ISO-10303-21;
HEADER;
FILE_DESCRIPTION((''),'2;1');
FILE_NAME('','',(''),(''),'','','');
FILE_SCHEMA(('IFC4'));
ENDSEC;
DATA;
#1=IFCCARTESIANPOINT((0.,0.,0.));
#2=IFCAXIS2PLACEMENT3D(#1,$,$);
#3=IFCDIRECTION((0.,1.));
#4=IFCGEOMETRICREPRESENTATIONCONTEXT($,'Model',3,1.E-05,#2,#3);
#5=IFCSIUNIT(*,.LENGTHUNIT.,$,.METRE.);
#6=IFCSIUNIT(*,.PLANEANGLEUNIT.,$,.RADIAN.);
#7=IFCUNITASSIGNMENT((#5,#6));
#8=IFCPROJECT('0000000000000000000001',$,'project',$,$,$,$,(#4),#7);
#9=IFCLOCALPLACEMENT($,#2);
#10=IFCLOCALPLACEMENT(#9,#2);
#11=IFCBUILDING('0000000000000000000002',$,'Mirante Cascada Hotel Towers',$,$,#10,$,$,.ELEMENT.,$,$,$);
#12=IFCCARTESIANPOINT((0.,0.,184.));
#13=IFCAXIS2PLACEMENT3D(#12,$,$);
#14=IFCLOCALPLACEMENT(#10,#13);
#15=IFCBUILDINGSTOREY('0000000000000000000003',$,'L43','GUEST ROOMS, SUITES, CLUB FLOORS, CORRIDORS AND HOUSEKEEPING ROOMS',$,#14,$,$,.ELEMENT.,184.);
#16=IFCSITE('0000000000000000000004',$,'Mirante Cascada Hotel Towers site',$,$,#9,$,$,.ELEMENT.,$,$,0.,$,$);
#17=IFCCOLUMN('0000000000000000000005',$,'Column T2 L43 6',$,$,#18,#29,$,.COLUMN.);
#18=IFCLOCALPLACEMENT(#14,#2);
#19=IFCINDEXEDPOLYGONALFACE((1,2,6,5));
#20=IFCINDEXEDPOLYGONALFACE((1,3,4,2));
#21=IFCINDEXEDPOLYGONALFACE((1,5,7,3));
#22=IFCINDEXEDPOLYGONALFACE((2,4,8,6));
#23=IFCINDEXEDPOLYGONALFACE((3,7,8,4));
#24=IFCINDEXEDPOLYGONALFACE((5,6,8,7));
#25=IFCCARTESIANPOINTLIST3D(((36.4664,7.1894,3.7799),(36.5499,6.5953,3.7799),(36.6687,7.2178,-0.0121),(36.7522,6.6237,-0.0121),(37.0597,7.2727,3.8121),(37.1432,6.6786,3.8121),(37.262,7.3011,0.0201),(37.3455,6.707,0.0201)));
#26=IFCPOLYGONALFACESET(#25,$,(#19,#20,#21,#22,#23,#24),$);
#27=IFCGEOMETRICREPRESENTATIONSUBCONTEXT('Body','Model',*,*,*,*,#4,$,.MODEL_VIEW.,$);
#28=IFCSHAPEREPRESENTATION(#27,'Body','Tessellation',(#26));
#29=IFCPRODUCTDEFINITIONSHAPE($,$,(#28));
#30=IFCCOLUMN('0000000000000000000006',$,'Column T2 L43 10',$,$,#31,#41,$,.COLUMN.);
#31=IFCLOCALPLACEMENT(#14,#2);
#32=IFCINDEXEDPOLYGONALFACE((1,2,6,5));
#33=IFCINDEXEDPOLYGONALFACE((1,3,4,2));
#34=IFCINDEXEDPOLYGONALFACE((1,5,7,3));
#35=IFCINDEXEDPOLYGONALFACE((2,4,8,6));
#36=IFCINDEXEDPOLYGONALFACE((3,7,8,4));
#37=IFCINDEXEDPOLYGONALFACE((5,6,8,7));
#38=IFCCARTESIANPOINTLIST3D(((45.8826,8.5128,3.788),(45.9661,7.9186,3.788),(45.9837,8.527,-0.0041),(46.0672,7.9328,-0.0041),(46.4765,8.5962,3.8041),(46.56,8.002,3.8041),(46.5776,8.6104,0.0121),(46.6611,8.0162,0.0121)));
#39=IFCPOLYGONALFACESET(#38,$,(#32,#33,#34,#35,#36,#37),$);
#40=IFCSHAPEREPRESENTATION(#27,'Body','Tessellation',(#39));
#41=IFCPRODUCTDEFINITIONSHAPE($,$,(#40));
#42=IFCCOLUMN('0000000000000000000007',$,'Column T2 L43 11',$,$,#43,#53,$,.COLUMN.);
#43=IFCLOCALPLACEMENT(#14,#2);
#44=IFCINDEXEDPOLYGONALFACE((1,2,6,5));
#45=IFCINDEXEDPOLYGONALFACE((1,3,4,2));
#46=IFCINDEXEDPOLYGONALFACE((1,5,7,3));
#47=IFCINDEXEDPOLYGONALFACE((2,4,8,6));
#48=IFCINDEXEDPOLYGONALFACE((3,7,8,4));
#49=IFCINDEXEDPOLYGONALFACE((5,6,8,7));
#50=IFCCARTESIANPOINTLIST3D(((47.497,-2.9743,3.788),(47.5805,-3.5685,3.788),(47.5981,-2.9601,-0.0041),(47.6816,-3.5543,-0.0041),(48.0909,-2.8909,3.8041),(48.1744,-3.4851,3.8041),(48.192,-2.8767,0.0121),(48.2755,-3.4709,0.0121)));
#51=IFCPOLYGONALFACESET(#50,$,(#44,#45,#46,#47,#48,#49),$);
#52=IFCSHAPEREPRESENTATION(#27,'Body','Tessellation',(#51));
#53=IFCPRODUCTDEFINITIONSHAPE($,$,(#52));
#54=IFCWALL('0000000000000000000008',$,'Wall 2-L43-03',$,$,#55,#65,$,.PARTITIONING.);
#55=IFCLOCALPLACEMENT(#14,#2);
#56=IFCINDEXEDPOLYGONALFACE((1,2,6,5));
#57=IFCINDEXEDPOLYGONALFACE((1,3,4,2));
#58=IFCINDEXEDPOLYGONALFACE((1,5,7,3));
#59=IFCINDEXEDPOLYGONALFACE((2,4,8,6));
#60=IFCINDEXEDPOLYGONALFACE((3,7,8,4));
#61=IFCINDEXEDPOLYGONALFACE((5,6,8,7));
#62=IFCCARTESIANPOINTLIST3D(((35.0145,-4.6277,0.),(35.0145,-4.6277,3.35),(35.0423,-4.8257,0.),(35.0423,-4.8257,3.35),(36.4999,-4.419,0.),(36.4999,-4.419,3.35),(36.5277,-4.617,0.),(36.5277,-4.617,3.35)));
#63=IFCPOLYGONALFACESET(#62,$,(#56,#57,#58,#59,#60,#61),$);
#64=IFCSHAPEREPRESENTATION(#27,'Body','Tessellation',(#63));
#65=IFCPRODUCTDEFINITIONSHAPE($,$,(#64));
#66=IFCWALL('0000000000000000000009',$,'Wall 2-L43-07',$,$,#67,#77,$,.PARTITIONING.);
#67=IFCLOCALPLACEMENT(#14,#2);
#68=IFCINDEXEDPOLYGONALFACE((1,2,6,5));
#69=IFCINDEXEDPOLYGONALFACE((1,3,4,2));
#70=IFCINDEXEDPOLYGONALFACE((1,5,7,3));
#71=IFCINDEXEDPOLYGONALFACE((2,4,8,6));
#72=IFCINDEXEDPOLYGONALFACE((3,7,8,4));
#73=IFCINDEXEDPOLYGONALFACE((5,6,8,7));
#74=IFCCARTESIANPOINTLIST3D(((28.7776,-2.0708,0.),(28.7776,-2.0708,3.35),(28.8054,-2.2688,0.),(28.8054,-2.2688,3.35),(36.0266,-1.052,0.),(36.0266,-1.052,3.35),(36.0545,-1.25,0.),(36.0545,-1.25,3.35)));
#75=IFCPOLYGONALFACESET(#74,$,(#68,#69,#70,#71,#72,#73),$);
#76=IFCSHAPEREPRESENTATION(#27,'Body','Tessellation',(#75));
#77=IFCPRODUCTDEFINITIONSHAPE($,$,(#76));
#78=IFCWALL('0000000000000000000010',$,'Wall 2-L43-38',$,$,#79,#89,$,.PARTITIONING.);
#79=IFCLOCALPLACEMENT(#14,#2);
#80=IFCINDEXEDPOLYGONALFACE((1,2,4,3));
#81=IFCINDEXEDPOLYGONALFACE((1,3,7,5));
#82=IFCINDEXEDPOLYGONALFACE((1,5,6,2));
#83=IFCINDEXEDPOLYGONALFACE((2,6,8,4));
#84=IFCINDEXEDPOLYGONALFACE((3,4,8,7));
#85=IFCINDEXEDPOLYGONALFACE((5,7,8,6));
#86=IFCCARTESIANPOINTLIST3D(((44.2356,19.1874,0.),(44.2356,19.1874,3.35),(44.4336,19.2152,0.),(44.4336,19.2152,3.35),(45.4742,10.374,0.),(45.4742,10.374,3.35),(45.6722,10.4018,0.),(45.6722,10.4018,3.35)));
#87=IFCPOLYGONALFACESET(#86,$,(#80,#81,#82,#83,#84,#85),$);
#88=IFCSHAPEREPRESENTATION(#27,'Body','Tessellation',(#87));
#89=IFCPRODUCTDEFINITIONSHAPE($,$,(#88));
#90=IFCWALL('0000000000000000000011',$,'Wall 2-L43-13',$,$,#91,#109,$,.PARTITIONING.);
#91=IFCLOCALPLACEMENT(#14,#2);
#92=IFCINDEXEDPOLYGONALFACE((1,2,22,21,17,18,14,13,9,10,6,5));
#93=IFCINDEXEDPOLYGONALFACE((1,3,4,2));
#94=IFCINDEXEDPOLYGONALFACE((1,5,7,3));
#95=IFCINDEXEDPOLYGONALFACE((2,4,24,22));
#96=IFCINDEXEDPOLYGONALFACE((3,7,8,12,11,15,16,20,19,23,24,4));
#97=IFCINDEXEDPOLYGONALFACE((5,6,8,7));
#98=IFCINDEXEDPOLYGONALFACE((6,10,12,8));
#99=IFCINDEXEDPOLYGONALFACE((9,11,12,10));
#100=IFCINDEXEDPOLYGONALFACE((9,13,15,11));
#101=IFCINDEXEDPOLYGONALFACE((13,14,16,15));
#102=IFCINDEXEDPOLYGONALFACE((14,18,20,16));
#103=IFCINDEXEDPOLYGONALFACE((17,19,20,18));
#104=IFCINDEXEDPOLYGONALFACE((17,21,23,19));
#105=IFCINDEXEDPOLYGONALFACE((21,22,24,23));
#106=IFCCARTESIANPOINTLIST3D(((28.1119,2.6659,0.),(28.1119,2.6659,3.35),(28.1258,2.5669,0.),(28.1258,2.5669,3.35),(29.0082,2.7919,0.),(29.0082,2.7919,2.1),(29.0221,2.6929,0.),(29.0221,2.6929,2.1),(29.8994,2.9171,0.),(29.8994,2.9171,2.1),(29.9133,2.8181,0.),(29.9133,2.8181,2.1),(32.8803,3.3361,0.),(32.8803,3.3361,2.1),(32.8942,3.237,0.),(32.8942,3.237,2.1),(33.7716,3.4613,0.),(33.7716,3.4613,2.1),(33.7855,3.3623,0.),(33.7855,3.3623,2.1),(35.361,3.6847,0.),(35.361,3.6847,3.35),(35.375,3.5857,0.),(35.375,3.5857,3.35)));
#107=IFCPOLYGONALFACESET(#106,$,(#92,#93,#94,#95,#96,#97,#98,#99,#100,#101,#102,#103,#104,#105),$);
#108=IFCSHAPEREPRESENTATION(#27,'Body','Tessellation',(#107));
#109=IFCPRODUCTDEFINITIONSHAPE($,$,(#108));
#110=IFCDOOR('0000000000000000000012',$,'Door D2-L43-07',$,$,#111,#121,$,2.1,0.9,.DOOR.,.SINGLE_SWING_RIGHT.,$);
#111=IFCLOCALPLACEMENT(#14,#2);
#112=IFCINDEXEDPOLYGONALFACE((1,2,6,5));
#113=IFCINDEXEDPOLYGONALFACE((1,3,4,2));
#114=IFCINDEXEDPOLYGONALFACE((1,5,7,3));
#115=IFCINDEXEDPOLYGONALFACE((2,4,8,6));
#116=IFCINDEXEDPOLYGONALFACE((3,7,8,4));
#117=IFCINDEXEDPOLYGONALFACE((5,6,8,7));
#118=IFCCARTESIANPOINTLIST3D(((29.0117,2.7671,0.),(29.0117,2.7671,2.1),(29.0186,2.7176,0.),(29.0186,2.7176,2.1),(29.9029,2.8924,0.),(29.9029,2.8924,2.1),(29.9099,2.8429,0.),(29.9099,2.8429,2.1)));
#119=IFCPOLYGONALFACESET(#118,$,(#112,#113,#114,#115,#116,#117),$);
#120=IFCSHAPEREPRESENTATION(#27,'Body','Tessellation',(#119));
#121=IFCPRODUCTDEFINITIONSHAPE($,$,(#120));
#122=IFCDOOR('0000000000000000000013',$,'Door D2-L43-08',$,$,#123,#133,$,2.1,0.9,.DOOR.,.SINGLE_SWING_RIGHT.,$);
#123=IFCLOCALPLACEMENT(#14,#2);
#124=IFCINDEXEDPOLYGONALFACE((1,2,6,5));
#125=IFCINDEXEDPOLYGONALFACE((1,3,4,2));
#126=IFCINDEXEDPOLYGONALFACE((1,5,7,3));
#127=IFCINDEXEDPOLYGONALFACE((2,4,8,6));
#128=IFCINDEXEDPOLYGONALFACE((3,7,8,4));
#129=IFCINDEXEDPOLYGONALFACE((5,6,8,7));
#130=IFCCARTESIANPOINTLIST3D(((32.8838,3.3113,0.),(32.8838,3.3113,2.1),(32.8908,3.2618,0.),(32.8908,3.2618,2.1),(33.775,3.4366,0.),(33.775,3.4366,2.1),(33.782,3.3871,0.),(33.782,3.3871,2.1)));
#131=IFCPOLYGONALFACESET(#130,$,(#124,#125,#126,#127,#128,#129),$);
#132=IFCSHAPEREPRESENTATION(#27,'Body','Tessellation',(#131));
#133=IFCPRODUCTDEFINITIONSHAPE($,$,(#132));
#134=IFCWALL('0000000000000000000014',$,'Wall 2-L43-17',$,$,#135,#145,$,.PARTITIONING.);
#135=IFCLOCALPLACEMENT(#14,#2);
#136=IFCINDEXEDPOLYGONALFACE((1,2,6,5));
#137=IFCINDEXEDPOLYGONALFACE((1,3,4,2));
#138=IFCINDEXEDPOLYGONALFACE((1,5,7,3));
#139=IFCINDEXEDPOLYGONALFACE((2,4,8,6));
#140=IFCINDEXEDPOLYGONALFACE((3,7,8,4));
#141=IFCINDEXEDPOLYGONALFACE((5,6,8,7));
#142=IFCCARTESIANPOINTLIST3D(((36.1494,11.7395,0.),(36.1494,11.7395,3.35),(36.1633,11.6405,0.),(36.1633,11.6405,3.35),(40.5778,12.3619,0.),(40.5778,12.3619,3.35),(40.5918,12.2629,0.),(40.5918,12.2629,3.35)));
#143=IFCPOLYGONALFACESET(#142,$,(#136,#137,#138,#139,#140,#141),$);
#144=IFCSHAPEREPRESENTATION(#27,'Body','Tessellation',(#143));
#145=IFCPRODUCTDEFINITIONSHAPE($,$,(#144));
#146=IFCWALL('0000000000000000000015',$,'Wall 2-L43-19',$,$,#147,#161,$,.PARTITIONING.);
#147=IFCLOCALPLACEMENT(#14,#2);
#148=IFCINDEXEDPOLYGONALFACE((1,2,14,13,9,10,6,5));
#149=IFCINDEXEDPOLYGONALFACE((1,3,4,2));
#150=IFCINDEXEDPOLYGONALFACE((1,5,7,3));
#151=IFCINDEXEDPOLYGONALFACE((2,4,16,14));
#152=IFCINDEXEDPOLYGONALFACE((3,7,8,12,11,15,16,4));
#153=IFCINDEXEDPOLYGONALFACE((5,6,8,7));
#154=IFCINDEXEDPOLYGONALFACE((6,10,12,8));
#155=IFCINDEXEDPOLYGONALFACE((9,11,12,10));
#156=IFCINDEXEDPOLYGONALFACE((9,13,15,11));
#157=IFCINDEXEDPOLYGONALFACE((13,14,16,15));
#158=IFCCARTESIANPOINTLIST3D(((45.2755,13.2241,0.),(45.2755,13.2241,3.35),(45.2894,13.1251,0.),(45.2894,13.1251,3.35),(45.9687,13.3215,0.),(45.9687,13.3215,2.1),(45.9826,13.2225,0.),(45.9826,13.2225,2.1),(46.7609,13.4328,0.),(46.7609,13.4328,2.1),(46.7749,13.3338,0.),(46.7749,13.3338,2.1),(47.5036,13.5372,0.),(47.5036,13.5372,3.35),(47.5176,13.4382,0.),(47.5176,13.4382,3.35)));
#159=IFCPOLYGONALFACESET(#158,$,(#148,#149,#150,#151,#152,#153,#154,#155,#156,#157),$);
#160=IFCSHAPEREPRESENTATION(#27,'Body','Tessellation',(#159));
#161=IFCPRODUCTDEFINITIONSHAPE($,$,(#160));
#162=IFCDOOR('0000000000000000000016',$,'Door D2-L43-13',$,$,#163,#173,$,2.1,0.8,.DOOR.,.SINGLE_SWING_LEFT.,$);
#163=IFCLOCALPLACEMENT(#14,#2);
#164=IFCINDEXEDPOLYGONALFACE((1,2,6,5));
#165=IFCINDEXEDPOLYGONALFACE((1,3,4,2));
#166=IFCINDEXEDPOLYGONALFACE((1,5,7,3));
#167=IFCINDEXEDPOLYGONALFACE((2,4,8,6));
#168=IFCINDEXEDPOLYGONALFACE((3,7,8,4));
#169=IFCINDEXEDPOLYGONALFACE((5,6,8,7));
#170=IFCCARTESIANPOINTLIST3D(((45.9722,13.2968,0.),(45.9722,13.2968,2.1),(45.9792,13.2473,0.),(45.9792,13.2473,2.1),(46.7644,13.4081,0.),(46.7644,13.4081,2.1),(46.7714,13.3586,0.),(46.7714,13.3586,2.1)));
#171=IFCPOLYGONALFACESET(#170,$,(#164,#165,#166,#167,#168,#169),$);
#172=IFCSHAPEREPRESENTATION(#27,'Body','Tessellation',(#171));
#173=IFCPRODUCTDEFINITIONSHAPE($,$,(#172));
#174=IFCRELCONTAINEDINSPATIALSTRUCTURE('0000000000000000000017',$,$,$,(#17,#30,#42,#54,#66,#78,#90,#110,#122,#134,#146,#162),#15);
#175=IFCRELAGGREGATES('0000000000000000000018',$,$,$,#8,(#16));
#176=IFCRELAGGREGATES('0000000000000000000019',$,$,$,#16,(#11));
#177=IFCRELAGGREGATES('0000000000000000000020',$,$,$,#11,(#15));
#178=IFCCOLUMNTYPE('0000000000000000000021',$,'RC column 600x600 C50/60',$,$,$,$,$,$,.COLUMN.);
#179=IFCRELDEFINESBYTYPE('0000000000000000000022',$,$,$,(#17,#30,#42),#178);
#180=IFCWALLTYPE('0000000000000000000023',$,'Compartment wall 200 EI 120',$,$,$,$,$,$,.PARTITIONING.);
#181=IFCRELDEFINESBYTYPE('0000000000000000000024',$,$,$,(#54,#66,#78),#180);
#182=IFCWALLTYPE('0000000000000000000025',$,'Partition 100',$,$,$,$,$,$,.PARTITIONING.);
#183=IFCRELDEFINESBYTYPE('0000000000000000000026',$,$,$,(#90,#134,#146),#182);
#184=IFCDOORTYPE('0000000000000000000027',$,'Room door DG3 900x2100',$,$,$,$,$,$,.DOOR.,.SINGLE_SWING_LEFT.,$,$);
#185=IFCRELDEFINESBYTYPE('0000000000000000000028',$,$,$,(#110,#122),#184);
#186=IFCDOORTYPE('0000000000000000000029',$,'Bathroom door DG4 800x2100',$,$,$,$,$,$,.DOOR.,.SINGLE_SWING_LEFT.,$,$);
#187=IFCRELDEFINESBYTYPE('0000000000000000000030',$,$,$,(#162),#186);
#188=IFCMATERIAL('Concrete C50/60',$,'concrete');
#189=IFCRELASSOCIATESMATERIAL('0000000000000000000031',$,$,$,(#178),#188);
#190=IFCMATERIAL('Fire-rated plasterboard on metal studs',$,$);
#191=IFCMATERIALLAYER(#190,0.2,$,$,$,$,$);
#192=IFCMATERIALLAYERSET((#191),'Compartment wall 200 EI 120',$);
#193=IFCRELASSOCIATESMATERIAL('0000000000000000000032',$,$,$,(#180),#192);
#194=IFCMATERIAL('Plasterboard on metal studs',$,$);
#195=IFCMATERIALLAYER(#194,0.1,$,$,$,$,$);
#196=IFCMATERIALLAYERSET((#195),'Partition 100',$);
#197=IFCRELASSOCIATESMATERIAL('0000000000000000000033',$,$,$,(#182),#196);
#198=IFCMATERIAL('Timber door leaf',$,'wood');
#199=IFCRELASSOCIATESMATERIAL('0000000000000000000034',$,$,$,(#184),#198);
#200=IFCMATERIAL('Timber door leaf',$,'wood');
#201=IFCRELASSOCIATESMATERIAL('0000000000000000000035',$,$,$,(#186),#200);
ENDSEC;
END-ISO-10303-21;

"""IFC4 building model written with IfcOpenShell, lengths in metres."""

from ifc_helpers import new_model, si_unit, direction, frame, frame_2d, origin, origin_2d, place, context, subcontext, project, spatial, rectangle, extrude, material, layer, layer_set, material_profile, profile_set, type_object, element, fill, save


model = new_model("IFC4")

# Units and contexts
model_context = context("Model", 3, precision=1e-05, world=origin(), true_north=direction((0.0, 1.0)))
body_context = subcontext(model_context, "Body", "Model", "MODEL_VIEW")
ifc_project = project(units=[si_unit("LENGTHUNIT", "METRE"), si_unit("PLANEANGLEUNIT", "RADIAN")], contexts=[model_context])

# Site, building, storey
site_placement = place(None, origin())
site = spatial("IfcSite", under=ifc_project, at=site_placement, Name="Mirante Cascada Hotel Towers site", CompositionType="ELEMENT", RefElevation=0.0)
building_placement = place(site_placement, origin())
building = spatial("IfcBuilding", under=site, at=building_placement, Name="Mirante Cascada Hotel Towers", CompositionType="ELEMENT")
storey_placement = place(building_placement, frame((0.0, 0.0, 184.0)))
storey = spatial("IfcBuildingStorey", under=building, at=storey_placement, Name="L43", Description="GUEST ROOMS, SUITES, CLUB FLOORS, CORRIDORS AND HOUSEKEEPING ROOMS", CompositionType="ELEMENT", Elevation=184.0)

# Columns
ifc_material_1 = material(Name="Concrete C50/60", Category="concrete")
ifc_material_profile = material_profile(ifc_material_1, rectangle(XDim=0.6, YDim=0.6, at=origin_2d()), Name="RC column 600x600 C50/60")
ifc_profile_set = profile_set([ifc_material_profile], Name="Concrete C50/60")
column_type = type_object("IfcColumnType", Name="RC column 600x600 C50/60", PredefinedType="COLUMN", material=ifc_profile_set)
column_placement = place(storey_placement, frame((37.0071, 6.9624, 0.004), z_axis=(-0.053272, -0.007479, 0.998552), x_axis=(0.139022, -0.990289, 0.0)))
element("IfcColumn", 1, at=column_placement, inside=storey, type_object=column_type, Name="Column T2 L43 6", PredefinedType="COLUMN", context=body_context, shape_type="SweptSolid", body=[
    extrude(rectangle(XDim=0.6, YDim=0.6, at=origin_2d()), origin(), (0.0, 0.0, 1.0), 3.7975),
])
for number, where, z_axis, x_axis, name in (
    (2, (46.3224, 8.2716, 0.004), (-0.026652, -0.003743, 0.999638), (0.13909, -0.99028, 0.0), "Column T2 L43 10"),
    (3, (47.9368, -3.2155, 0.004), (-0.026652, -0.003743, 0.999638), (0.13909, -0.99028, 0.0), "Column T2 L43 11"),
):
    element("IfcColumn", number, at=place(storey_placement, frame(where, z_axis=z_axis, x_axis=x_axis)), inside=storey, type_object=column_type, Name=name, PredefinedType="COLUMN", context=body_context, shape_type="SweptSolid", body=[
        extrude(rectangle(XDim=0.6, YDim=0.6, at=origin_2d()), origin(), (0.0, 0.0, 1.0), 3.7934),
    ])

# Walls
ifc_material_2 = material(Name="Fire-rated plasterboard on metal studs")
ifc_layer_1 = layer(ifc_material_2, 0.2)
ifc_layer_set_1 = layer_set([ifc_layer_1], Name="Compartment wall 200 EI 120")
wall_type_1 = type_object("IfcWallType", Name="Compartment wall 200 EI 120", PredefinedType="PARTITIONING", material=ifc_layer_set_1)
wall_1_placement = place(storey_placement, frame((36.5138, -4.518, 0.0), z_axis=(0.0, 0.0, 1.0), x_axis=(-0.990274, -0.139134, 0.0)))
element("IfcWall", 4, at=wall_1_placement, inside=storey, type_object=wall_type_1, Name="Wall 2-L43-03", PredefinedType="PARTITIONING", context=body_context, shape_type="SweptSolid", body=[
    extrude(rectangle(XDim=1.5, YDim=0.2, at=frame_2d((0.75, 0.0))), origin(), (0.0, 0.0, 1.0), 3.35),
])
wall_2_placement = place(storey_placement, frame((36.0406, -1.151, 0.0), z_axis=(0.0, 0.0, 1.0), x_axis=(-0.990268, -0.139174, 0.0)))
element("IfcWall", 5, at=wall_2_placement, inside=storey, type_object=wall_type_1, Name="Wall 2-L43-07", PredefinedType="PARTITIONING", context=body_context, shape_type="SweptSolid", body=[
    extrude(rectangle(XDim=7.3203, YDim=0.2, at=frame_2d((3.6602, 0.0))), origin(), (0.0, 0.0, 1.0), 3.35),
])
wall_3_placement = place(storey_placement, frame((45.5732, 10.3879, 0.0), z_axis=(0.0, 0.0, 1.0), x_axis=(-0.139168, 0.990269, 0.0)))
element("IfcWall", 6, at=wall_3_placement, inside=storey, type_object=wall_type_1, Name="Wall 2-L43-38", PredefinedType="PARTITIONING", context=body_context, shape_type="SweptSolid", body=[
    extrude(rectangle(XDim=8.9, YDim=0.2, at=frame_2d((4.45, 0.0))), origin(), (0.0, 0.0, 1.0), 3.35),
])

# Wall, openings, doors
ifc_material_3 = material(Name="Plasterboard on metal studs")
ifc_layer_2 = layer(ifc_material_3, 0.1)
ifc_layer_set_2 = layer_set([ifc_layer_2], Name="Partition 100")
wall_type_2 = type_object("IfcWallType", Name="Partition 100", PredefinedType="PARTITIONING", material=ifc_layer_set_2)
wall_4_placement = place(storey_placement, frame((35.368, 3.6352, 0.0), z_axis=(0.0, 0.0, 1.0), x_axis=(-0.990268, -0.139172, 0.0)))
wall_4 = element("IfcWall", 7, at=wall_4_placement, inside=storey, type_object=wall_type_2, Name="Wall 2-L43-13", PredefinedType="PARTITIONING", context=body_context, shape_type="SweptSolid", body=[
    extrude(rectangle(XDim=7.3204, YDim=0.1, at=frame_2d((3.6602, 0.0))), origin(), (0.0, 0.0, 1.0), 3.35),
])
opening_1_placement = place(wall_4_placement, frame((5.5153, 0.0, 0.0)))
opening_1 = element("IfcOpeningElement", 8, at=opening_1_placement, cuts=wall_4, PredefinedType="OPENING", context=body_context, shape_type="SweptSolid", body=[
    extrude(rectangle(XDim=0.9, YDim=2.1, at=frame_2d((0.45, 1.05))), frame((0.0, 0.05, 0.0), z_axis=(0.0, -1.0, 0.0), x_axis=(1.0, 0.0, 0.0)), (0.0, 0.0, 1.0), 0.1),
])
opening_2_placement = place(wall_4_placement, frame((1.6051, 0.0, 0.0)))
opening_2 = element("IfcOpeningElement", 9, at=opening_2_placement, cuts=wall_4, PredefinedType="OPENING", context=body_context, shape_type="SweptSolid", body=[
    extrude(rectangle(XDim=0.9, YDim=2.1, at=frame_2d((0.45, 1.05))), frame((0.0, 0.05, 0.0), z_axis=(0.0, -1.0, 0.0), x_axis=(1.0, 0.0, 0.0)), (0.0, 0.0, 1.0), 0.1),
])
ifc_material_4 = material(Name="Timber door leaf", Category="wood")
door_type_1 = type_object("IfcDoorType", Name="Room door DG3 900x2100", OperationType="SINGLE_SWING_LEFT", PredefinedType="DOOR", material=ifc_material_4)
door_1_placement = place(opening_1_placement, frame((0.9, 0.0, 0.0), z_axis=(0.0, 0.0, 1.0), x_axis=(-1.0, 0.0, 0.0)))
door_1 = element("IfcDoor", 10, at=door_1_placement, inside=storey, type_object=door_type_1, Name="Door D2-L43-07", OperationType="SINGLE_SWING_RIGHT", OverallHeight=2.1, OverallWidth=0.9, PredefinedType="DOOR", context=body_context, shape_type="SweptSolid", body=[
    extrude(rectangle(XDim=0.9, YDim=2.1, at=frame_2d((0.45, 1.05))), frame((0.0, 0.025, 0.0), z_axis=(0.0, -1.0, 0.0), x_axis=(1.0, 0.0, 0.0)), (0.0, 0.0, 1.0), 0.05),
])
fill(opening_1, door_1)
door_2_placement = place(opening_2_placement, frame((0.9, 0.0, 0.0), z_axis=(0.0, 0.0, 1.0), x_axis=(-1.0, 0.0, 0.0)))
door_2 = element("IfcDoor", 11, at=door_2_placement, inside=storey, type_object=door_type_1, Name="Door D2-L43-08", OperationType="SINGLE_SWING_RIGHT", OverallHeight=2.1, OverallWidth=0.9, PredefinedType="DOOR", context=body_context, shape_type="SweptSolid", body=[
    extrude(rectangle(XDim=0.9, YDim=2.1, at=frame_2d((0.45, 1.05))), frame((0.0, 0.025, 0.0), z_axis=(0.0, -1.0, 0.0), x_axis=(1.0, 0.0, 0.0)), (0.0, 0.0, 1.0), 0.05),
])
fill(opening_2, door_2)

# Wall
wall_5_placement = place(storey_placement, frame((40.5848, 12.3124, 0.0), z_axis=(0.0, 0.0, 1.0), x_axis=(-0.990268, -0.139176, 0.0)))
element("IfcWall", 12, at=wall_5_placement, inside=storey, type_object=wall_type_2, Name="Wall 2-L43-17", PredefinedType="PARTITIONING", context=body_context, shape_type="SweptSolid", body=[
    extrude(rectangle(XDim=4.472, YDim=0.1, at=frame_2d((2.236, 0.0))), origin(), (0.0, 0.0, 1.0), 3.35),
])

# Wall, opening, door
wall_6_placement = place(storey_placement, frame((47.5106, 13.4877, 0.0), z_axis=(0.0, 0.0, 1.0), x_axis=(-0.990271, -0.139156, 0.0)))
wall_6 = element("IfcWall", 13, at=wall_6_placement, inside=storey, type_object=wall_type_2, Name="Wall 2-L43-19", PredefinedType="PARTITIONING", context=body_context, shape_type="SweptSolid", body=[
    extrude(rectangle(XDim=2.25, YDim=0.1, at=frame_2d((1.125, 0.0))), origin(), (0.0, 0.0, 1.0), 3.35),
])
opening_3_placement = place(wall_6_placement, frame((0.75, 0.0, 0.0)))
opening_3 = element("IfcOpeningElement", 14, at=opening_3_placement, cuts=wall_6, PredefinedType="OPENING", context=body_context, shape_type="SweptSolid", body=[
    extrude(rectangle(XDim=0.8, YDim=2.1, at=frame_2d((0.4, 1.05))), frame((0.0, 0.05, 0.0), z_axis=(0.0, -1.0, 0.0), x_axis=(1.0, 0.0, 0.0)), (0.0, 0.0, 1.0), 0.1),
])
ifc_material_5 = material(Name="Timber door leaf", Category="wood")
door_type_2 = type_object("IfcDoorType", Name="Bathroom door DG4 800x2100", OperationType="SINGLE_SWING_LEFT", PredefinedType="DOOR", material=ifc_material_5)
door_3_placement = place(opening_3_placement, origin())
door_3 = element("IfcDoor", 15, at=door_3_placement, inside=storey, type_object=door_type_2, Name="Door D2-L43-13", OperationType="SINGLE_SWING_LEFT", OverallHeight=2.1, OverallWidth=0.8, PredefinedType="DOOR", context=body_context, shape_type="SweptSolid", body=[
    extrude(rectangle(XDim=0.8, YDim=2.1, at=frame_2d((0.4, 1.05))), frame((0.0, 0.025, 0.0), z_axis=(0.0, -1.0, 0.0), x_axis=(1.0, 0.0, 0.0)), (0.0, 0.0, 1.0), 0.05),
])
fill(opening_3, door_3)

save(model, "model.ifc")
